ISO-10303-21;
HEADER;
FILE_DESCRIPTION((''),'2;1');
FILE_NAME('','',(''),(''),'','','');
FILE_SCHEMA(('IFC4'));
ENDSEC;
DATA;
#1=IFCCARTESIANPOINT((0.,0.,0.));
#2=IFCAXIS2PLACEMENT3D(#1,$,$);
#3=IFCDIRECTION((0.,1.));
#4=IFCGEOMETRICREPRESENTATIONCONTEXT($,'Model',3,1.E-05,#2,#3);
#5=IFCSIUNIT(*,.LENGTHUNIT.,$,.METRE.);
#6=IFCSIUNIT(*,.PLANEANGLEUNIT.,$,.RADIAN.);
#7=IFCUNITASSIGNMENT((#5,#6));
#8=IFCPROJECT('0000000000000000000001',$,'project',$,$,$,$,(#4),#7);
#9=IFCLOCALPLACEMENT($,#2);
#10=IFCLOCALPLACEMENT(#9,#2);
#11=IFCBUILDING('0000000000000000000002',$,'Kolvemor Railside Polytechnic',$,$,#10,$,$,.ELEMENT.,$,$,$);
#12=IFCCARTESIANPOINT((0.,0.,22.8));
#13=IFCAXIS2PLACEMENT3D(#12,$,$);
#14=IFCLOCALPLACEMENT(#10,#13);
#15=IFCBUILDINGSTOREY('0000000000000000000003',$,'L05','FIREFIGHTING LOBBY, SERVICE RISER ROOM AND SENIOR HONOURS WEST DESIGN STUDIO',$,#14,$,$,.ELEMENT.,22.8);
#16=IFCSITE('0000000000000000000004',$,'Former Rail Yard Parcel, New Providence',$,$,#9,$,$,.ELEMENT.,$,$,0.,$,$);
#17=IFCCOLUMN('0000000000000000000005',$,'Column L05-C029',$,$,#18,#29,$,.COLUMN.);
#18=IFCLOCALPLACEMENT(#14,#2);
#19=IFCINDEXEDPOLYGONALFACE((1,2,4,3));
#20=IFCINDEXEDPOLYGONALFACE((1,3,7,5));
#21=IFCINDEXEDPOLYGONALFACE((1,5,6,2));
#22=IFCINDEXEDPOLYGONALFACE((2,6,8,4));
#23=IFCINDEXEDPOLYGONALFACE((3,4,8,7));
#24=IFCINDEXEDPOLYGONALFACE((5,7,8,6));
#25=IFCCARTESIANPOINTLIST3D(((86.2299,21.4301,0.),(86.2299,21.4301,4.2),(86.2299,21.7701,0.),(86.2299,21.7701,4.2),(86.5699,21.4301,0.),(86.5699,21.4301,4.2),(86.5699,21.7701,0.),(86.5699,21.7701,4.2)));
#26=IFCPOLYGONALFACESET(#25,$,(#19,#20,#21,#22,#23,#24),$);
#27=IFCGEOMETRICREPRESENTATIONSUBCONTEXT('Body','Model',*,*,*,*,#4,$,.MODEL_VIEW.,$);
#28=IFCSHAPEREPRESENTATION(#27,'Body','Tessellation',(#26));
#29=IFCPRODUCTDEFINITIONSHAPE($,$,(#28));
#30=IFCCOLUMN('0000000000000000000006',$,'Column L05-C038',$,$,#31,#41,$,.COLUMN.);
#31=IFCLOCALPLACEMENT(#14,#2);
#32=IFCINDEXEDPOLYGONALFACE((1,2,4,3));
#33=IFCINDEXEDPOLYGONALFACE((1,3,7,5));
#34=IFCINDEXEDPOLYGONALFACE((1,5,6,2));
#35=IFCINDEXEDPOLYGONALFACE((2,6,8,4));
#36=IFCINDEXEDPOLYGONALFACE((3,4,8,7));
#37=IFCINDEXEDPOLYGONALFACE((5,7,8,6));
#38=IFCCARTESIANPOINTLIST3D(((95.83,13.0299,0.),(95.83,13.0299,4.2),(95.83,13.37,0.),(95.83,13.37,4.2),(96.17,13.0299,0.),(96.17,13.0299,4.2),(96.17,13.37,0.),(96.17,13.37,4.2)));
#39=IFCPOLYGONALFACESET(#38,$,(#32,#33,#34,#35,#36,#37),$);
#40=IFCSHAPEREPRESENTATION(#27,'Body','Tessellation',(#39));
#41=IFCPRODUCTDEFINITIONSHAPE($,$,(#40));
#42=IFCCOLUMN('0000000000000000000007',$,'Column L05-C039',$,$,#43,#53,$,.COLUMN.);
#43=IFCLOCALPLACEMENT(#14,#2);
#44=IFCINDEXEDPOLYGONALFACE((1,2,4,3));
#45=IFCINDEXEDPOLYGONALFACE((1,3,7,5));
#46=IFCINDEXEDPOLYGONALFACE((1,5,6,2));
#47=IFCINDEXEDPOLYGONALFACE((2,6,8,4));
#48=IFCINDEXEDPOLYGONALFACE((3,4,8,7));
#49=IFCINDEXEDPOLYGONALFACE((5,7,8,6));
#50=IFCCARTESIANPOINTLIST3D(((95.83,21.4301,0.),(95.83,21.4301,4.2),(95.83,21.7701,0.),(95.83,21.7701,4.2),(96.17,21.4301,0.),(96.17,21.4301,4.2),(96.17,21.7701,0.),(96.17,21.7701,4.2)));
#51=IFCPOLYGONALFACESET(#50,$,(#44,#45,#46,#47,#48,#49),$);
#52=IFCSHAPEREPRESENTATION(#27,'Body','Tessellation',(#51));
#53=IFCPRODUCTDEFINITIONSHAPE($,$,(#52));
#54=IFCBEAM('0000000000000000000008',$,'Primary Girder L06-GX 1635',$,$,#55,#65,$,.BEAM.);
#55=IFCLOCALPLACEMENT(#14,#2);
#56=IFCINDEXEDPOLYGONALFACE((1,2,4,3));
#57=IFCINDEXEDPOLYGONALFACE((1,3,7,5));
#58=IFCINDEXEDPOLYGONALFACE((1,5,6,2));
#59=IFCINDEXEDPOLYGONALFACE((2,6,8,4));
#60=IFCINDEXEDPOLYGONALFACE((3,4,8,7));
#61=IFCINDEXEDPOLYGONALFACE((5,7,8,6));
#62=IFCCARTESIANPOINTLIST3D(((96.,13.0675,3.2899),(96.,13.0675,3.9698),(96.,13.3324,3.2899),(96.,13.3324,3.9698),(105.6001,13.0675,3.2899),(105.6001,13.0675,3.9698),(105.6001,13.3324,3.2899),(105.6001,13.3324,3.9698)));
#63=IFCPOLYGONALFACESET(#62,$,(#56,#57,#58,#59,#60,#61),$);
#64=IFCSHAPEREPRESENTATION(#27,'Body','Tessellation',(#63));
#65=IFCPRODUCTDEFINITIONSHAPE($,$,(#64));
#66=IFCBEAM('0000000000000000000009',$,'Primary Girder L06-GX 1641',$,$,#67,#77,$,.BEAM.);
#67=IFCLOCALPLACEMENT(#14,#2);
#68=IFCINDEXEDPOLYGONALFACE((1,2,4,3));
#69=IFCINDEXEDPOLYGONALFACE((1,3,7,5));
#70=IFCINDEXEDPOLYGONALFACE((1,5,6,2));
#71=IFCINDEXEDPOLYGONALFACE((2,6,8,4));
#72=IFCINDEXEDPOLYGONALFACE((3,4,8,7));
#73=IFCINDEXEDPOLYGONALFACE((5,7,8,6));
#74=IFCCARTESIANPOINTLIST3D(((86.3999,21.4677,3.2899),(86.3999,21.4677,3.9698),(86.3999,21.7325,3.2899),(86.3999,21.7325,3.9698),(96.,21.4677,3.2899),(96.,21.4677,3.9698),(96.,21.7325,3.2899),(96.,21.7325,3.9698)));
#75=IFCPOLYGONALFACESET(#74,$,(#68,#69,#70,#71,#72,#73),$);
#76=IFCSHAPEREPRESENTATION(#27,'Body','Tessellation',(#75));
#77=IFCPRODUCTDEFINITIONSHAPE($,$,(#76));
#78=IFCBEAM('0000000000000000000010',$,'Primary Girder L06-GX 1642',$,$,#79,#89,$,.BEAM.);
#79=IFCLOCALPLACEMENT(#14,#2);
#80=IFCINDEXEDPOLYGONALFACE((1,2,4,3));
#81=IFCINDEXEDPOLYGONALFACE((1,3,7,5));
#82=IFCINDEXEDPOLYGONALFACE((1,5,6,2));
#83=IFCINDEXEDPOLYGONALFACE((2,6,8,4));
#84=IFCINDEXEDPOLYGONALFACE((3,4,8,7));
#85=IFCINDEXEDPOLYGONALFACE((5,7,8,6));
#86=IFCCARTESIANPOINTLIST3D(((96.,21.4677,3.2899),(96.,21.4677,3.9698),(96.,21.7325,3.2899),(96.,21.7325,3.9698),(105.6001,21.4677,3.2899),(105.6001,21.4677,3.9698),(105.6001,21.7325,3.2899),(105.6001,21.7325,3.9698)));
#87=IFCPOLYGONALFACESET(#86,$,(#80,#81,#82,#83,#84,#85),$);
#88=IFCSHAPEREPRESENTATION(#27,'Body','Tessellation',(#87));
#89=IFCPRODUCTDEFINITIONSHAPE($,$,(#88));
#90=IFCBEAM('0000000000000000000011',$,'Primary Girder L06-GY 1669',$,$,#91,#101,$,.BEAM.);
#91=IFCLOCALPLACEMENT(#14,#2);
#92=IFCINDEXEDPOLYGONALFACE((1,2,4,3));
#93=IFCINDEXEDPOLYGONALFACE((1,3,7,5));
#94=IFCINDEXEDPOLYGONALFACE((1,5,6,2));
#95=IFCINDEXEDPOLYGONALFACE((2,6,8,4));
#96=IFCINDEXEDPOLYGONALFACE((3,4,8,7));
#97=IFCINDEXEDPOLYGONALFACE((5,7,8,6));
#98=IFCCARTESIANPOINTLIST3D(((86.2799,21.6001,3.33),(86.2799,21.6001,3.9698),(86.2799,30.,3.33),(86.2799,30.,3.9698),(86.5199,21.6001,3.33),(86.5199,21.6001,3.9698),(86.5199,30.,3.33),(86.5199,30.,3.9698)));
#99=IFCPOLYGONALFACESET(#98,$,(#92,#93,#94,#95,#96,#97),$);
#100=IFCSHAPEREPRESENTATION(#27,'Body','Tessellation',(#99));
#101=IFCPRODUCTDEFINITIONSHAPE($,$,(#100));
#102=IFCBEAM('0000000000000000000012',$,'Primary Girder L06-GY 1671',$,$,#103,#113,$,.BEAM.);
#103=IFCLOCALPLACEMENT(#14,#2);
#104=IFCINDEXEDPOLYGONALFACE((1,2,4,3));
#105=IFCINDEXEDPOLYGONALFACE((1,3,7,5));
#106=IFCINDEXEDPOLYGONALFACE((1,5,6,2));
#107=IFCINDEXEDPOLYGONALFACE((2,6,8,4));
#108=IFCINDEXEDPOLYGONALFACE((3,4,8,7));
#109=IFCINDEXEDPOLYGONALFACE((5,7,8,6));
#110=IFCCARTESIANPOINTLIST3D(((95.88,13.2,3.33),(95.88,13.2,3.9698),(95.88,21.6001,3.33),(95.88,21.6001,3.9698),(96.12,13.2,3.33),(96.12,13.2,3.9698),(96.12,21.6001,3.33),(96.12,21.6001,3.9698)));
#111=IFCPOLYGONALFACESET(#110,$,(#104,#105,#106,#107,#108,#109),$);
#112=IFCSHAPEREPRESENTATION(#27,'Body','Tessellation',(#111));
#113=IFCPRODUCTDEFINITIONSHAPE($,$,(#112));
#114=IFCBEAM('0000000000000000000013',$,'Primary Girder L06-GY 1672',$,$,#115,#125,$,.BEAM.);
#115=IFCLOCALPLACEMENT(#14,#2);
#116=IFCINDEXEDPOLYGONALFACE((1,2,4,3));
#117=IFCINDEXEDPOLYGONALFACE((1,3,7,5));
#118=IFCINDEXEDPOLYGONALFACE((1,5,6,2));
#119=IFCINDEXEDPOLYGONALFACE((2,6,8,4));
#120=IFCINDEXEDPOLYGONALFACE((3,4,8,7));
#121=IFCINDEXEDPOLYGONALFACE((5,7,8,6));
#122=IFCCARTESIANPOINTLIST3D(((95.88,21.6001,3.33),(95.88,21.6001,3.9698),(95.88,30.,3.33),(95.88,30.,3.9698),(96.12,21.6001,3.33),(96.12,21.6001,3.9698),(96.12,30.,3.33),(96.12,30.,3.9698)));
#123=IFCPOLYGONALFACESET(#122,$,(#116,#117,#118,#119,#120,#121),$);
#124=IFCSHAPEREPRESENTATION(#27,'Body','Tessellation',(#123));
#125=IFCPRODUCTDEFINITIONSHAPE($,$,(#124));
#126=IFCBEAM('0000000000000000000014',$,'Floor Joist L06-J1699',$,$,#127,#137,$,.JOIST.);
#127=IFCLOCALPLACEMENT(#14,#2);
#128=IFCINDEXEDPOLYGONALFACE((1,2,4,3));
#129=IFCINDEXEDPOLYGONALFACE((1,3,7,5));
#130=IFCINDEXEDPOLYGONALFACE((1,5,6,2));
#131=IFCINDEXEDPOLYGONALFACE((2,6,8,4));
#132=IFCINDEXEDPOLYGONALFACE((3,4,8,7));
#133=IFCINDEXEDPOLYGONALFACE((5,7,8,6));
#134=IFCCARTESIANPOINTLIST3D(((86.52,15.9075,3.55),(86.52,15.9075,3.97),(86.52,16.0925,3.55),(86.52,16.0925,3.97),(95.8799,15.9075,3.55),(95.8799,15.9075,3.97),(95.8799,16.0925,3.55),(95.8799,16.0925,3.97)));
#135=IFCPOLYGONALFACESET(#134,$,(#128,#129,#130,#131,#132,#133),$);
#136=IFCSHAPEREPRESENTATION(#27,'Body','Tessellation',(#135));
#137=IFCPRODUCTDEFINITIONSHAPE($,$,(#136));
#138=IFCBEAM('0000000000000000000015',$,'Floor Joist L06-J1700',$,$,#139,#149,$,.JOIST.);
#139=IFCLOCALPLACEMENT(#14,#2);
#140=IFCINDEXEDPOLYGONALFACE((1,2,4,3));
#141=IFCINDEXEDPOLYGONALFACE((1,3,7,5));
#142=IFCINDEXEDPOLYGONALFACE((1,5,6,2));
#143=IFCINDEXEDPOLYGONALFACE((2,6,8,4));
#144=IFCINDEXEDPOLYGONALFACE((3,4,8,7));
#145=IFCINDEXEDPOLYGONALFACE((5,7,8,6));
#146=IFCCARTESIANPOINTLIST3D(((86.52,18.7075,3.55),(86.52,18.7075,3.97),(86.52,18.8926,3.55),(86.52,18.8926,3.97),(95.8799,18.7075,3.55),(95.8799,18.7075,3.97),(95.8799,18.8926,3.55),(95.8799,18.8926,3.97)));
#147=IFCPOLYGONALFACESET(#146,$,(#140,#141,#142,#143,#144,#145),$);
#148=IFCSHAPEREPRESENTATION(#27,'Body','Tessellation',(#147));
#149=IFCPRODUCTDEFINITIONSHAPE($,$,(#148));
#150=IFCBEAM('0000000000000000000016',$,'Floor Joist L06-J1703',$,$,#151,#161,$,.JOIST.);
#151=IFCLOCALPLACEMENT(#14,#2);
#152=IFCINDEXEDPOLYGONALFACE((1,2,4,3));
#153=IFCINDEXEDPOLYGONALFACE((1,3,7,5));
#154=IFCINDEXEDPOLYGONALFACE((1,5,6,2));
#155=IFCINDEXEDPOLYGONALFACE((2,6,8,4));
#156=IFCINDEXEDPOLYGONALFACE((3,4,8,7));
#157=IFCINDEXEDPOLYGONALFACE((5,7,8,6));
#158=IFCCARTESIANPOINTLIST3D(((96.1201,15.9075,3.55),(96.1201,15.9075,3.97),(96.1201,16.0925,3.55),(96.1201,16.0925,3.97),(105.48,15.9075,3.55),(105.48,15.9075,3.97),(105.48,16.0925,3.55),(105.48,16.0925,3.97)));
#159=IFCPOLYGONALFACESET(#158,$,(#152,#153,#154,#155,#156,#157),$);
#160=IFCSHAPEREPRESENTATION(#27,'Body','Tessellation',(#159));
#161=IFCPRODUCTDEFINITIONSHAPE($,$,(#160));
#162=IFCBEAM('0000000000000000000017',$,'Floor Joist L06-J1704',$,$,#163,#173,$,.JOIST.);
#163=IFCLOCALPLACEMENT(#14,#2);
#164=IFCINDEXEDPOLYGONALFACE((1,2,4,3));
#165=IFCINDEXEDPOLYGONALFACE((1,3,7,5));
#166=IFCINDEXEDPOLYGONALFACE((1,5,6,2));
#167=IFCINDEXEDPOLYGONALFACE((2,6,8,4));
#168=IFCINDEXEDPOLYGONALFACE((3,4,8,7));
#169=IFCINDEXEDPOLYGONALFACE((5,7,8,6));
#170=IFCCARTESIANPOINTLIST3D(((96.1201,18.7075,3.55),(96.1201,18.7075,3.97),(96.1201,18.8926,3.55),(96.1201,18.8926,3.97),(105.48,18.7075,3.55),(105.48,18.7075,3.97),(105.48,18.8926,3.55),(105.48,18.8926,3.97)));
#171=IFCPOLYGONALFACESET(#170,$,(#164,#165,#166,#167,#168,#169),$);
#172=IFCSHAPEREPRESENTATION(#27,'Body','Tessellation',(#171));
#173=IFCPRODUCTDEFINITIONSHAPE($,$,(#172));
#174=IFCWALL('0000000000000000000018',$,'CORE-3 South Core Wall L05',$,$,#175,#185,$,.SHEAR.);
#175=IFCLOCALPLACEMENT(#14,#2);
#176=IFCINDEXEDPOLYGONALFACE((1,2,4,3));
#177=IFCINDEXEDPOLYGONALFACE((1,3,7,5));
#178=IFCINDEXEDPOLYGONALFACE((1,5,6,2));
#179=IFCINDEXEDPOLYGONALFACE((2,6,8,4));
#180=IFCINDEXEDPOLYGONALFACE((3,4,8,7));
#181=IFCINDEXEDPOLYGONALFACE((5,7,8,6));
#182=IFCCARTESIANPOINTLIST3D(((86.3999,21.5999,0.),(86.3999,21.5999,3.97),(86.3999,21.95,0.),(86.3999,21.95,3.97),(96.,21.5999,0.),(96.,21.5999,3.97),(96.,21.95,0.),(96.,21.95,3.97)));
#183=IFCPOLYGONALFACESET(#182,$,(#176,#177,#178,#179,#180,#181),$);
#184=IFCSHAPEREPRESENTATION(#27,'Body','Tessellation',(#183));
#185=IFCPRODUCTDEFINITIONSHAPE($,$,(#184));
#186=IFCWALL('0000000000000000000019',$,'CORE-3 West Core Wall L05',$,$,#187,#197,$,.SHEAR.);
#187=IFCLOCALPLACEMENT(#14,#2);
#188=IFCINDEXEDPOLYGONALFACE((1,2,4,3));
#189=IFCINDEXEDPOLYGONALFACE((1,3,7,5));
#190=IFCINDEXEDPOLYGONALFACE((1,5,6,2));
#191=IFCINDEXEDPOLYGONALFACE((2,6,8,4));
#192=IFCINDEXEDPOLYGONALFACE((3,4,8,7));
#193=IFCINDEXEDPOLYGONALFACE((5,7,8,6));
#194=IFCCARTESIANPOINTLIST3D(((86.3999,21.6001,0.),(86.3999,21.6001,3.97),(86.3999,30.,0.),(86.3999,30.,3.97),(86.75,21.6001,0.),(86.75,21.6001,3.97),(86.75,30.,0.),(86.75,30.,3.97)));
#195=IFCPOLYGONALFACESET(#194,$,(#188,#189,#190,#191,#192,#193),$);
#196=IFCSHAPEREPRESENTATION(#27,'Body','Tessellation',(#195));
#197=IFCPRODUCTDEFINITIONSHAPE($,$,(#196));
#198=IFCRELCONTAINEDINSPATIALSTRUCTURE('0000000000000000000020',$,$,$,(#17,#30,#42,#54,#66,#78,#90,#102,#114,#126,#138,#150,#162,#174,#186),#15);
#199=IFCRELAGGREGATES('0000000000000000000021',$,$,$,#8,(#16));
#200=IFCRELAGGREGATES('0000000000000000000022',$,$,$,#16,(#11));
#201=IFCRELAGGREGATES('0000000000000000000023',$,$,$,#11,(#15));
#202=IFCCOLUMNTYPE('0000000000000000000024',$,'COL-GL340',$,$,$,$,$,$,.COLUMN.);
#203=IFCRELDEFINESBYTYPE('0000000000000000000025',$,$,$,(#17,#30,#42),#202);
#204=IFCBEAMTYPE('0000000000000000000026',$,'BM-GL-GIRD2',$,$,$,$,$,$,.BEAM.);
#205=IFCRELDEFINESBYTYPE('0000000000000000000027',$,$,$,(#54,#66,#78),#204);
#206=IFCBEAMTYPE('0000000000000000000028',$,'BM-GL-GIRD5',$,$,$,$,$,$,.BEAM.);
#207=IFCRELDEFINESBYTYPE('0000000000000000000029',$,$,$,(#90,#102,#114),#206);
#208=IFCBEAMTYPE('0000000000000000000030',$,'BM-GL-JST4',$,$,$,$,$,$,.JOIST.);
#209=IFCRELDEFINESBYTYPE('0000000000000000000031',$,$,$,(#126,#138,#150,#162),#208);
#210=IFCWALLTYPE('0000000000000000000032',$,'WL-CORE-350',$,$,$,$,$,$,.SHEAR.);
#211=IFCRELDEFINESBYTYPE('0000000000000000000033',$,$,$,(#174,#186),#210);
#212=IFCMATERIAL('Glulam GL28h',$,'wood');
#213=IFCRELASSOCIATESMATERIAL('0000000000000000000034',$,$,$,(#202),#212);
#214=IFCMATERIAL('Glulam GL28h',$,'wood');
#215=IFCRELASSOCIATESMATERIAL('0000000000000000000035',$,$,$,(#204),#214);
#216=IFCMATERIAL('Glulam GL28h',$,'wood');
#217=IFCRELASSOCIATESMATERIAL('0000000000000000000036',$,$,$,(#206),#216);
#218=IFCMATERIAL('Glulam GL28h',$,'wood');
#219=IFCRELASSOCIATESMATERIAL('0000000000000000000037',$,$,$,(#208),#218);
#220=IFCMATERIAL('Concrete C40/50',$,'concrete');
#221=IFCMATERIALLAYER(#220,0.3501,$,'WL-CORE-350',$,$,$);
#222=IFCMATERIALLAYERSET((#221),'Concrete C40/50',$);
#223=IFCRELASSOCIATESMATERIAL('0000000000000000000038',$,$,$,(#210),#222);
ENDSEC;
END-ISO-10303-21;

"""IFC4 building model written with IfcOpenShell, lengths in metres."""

from ifc_helpers import new_model, si_unit, direction, frame, frame_2d, origin, origin_2d, place, context, subcontext, project, spatial, rectangle, extrude, material, layer, layer_set, material_profile, profile_set, type_object, element, save


model = new_model("IFC4")

# Units and contexts
model_context = context("Model", 3, precision=1e-05, world=origin(), true_north=direction((0.0, 1.0)))
body_context = subcontext(model_context, "Body", "Model", "MODEL_VIEW")
ifc_project = project(units=[si_unit("LENGTHUNIT", "METRE"), si_unit("PLANEANGLEUNIT", "RADIAN")], contexts=[model_context])

# Site, building, storey
site_placement = place(None, origin())
site = spatial("IfcSite", under=ifc_project, at=site_placement, Name="Former Rail Yard Parcel, New Providence", CompositionType="ELEMENT", RefElevation=0.0)
building_placement = place(site_placement, origin())
building = spatial("IfcBuilding", under=site, at=building_placement, Name="Kolvemor Railside Polytechnic", CompositionType="ELEMENT")
storey_placement = place(building_placement, frame((0.0, 0.0, 22.8)))
storey = spatial("IfcBuildingStorey", under=building, at=storey_placement, Name="L05", Description="FIREFIGHTING LOBBY, SERVICE RISER ROOM AND SENIOR HONOURS WEST DESIGN STUDIO", CompositionType="ELEMENT", Elevation=22.8)

# Columns
ifc_material_1 = material(Name="Glulam GL28h", Category="wood")
ifc_material_profile_1 = material_profile(ifc_material_1, rectangle(XDim=0.3401, YDim=0.3401, at=origin_2d()), Name="GL340x340")
ifc_profile_set_1 = profile_set([ifc_material_profile_1], Name="Glulam GL28h")
column_type = type_object("IfcColumnType", Name="COL-GL340", PredefinedType="COLUMN", material=ifc_profile_set_1)
for number, where, z_axis, x_axis, name in (
    (1, (86.3999, 21.6001, 0.0), (0.0, 0.0, 1.0), (1.0, 0.0, 0.0), "Column L05-C029"),
    (2, (96.0, 13.2, 0.0), (0.0, 0.0, 1.0), (1.0, 0.0, 0.0), "Column L05-C038"),
    (3, (96.0, 21.6001, 0.0), (0.0, 0.0, 1.0), (1.0, 0.0, 0.0), "Column L05-C039"),
):
    element("IfcColumn", number, at=place(storey_placement, frame(where, z_axis=z_axis, x_axis=x_axis)), inside=storey, type_object=column_type, Name=name, PredefinedType="COLUMN", context=body_context, shape_type="SweptSolid", body=[
        extrude(rectangle(XDim=0.3401, YDim=0.3401, at=origin_2d()), origin(), (0.0, 0.0, 1.0), 4.2),
    ])

# Beams
ifc_material_2 = material(Name="Glulam GL28h", Category="wood")
ifc_material_profile_2 = material_profile(ifc_material_2, rectangle(XDim=0.2649, YDim=0.6799, at=origin_2d()), Name="GL265x680")
ifc_profile_set_2 = profile_set([ifc_material_profile_2], Name="Glulam GL28h")
beam_type_1 = type_object("IfcBeamType", Name="BM-GL-GIRD2", PredefinedType="BEAM", material=ifc_profile_set_2)
for number, where, z_axis, x_axis, name in (
    (4, (96.0, 13.2, 3.6299), (1.0, 0.0, 0.0), (0.0, 1.0, 0.0), "Primary Girder L06-GX 1635"),
    (5, (86.3999, 21.6001, 3.6299), (1.0, 0.0, 0.0), (0.0, 1.0, 0.0), "Primary Girder L06-GX 1641"),
    (6, (96.0, 21.6001, 3.6299), (1.0, 0.0, 0.0), (0.0, 1.0, 0.0), "Primary Girder L06-GX 1642"),
):
    element("IfcBeam", number, at=place(storey_placement, frame(where, z_axis=z_axis, x_axis=x_axis)), inside=storey, type_object=beam_type_1, Name=name, PredefinedType="BEAM", context=body_context, shape_type="SweptSolid", body=[
        extrude(rectangle(XDim=0.2649, YDim=0.6799, at=origin_2d()), origin(), (0.0, 0.0, 1.0), 9.6001),
    ])
ifc_material_3 = material(Name="Glulam GL28h", Category="wood")
ifc_material_profile_3 = material_profile(ifc_material_3, rectangle(XDim=0.24, YDim=0.6399, at=origin_2d()), Name="GL240x640")
ifc_profile_set_3 = profile_set([ifc_material_profile_3], Name="Glulam GL28h")
beam_type_2 = type_object("IfcBeamType", Name="BM-GL-GIRD5", PredefinedType="BEAM", material=ifc_profile_set_3)
beam_1_placement = place(storey_placement, frame((86.3999, 21.6001, 3.6499), z_axis=(0.0, 1.0, 0.0), x_axis=(-1.0, 0.0, 0.0)))
element("IfcBeam", 7, at=beam_1_placement, inside=storey, type_object=beam_type_2, Name="Primary Girder L06-GY 1669", PredefinedType="BEAM", context=body_context, shape_type="SweptSolid", body=[
    extrude(rectangle(XDim=0.24, YDim=0.6399, at=origin_2d()), origin(), (0.0, 0.0, 1.0), 8.3999),
])
beam_2_placement = place(storey_placement, frame((96.0, 13.2, 3.6499), z_axis=(0.0, 1.0, 0.0), x_axis=(-1.0, 0.0, 0.0)))
element("IfcBeam", 8, at=beam_2_placement, inside=storey, type_object=beam_type_2, Name="Primary Girder L06-GY 1671", PredefinedType="BEAM", context=body_context, shape_type="SweptSolid", body=[
    extrude(rectangle(XDim=0.24, YDim=0.6399, at=origin_2d()), origin(), (0.0, 0.0, 1.0), 8.4001),
])
beam_3_placement = place(storey_placement, frame((96.0, 21.6001, 3.6499), z_axis=(0.0, 1.0, 0.0), x_axis=(-1.0, 0.0, 0.0)))
element("IfcBeam", 9, at=beam_3_placement, inside=storey, type_object=beam_type_2, Name="Primary Girder L06-GY 1672", PredefinedType="BEAM", context=body_context, shape_type="SweptSolid", body=[
    extrude(rectangle(XDim=0.24, YDim=0.6399, at=origin_2d()), origin(), (0.0, 0.0, 1.0), 8.3999),
])
ifc_material_4 = material(Name="Glulam GL28h", Category="wood")
ifc_material_profile_4 = material_profile(ifc_material_4, rectangle(XDim=0.1851, YDim=0.4199, at=origin_2d()), Name="GL185x420")
ifc_profile_set_4 = profile_set([ifc_material_profile_4], Name="Glulam GL28h")
beam_type_3 = type_object("IfcBeamType", Name="BM-GL-JST4", PredefinedType="JOIST", material=ifc_profile_set_4)
for number, where, z_axis, x_axis, name in (
    (10, (86.52, 16.0, 3.76), (1.0, 0.0, 0.0), (0.0, 1.0, 0.0), "Floor Joist L06-J1699"),
    (11, (86.52, 18.8, 3.76), (1.0, 0.0, 0.0), (0.0, 1.0, 0.0), "Floor Joist L06-J1700"),
    (12, (96.1201, 16.0, 3.76), (1.0, 0.0, 0.0), (0.0, 1.0, 0.0), "Floor Joist L06-J1703"),
    (13, (96.1201, 18.8, 3.76), (1.0, 0.0, 0.0), (0.0, 1.0, 0.0), "Floor Joist L06-J1704"),
):
    element("IfcBeam", number, at=place(storey_placement, frame(where, z_axis=z_axis, x_axis=x_axis)), inside=storey, type_object=beam_type_3, Name=name, PredefinedType="JOIST", context=body_context, shape_type="SweptSolid", body=[
        extrude(rectangle(XDim=0.1851, YDim=0.4199, at=origin_2d()), origin(), (0.0, 0.0, 1.0), 9.3599),
    ])

# Walls
ifc_material_5 = material(Name="Concrete C40/50", Category="concrete")
ifc_layer_1 = layer(ifc_material_5, 0.3501, Name="WL-CORE-350")
ifc_layer_set_1 = layer_set([ifc_layer_1], Name="Concrete C40/50")
wall_type_1 = type_object("IfcWallType", Name="WL-CORE-350", PredefinedType="SHEAR", material=ifc_layer_set_1)
wall_1_placement = place(storey_placement, frame((86.3999, 21.7749, 0.0), z_axis=(0.0, 0.0, 1.0), x_axis=(1.0, 0.0, 0.0)))
element("IfcWall", 14, at=wall_1_placement, inside=storey, type_object=wall_type_1, Name="CORE-3 South Core Wall L05", PredefinedType="SHEAR", context=body_context, shape_type="SweptSolid", body=[
    extrude(rectangle(XDim=9.6001, YDim=0.3501, at=frame_2d((4.8, 0.0))), origin(), (0.0, 0.0, 1.0), 3.97),
])
wall_2_placement = place(storey_placement, frame((86.575, 21.6001, 0.0), z_axis=(0.0, 0.0, 1.0), x_axis=(0.0, 1.0, 0.0)))
element("IfcWall", 15, at=wall_2_placement, inside=storey, type_object=wall_type_1, Name="CORE-3 West Core Wall L05", PredefinedType="SHEAR", context=body_context, shape_type="SweptSolid", body=[
    extrude(rectangle(XDim=8.3999, YDim=0.3501, at=frame_2d((4.2, 0.0))), origin(), (0.0, 0.0, 1.0), 3.97),
])

save(model, "model.ifc")
